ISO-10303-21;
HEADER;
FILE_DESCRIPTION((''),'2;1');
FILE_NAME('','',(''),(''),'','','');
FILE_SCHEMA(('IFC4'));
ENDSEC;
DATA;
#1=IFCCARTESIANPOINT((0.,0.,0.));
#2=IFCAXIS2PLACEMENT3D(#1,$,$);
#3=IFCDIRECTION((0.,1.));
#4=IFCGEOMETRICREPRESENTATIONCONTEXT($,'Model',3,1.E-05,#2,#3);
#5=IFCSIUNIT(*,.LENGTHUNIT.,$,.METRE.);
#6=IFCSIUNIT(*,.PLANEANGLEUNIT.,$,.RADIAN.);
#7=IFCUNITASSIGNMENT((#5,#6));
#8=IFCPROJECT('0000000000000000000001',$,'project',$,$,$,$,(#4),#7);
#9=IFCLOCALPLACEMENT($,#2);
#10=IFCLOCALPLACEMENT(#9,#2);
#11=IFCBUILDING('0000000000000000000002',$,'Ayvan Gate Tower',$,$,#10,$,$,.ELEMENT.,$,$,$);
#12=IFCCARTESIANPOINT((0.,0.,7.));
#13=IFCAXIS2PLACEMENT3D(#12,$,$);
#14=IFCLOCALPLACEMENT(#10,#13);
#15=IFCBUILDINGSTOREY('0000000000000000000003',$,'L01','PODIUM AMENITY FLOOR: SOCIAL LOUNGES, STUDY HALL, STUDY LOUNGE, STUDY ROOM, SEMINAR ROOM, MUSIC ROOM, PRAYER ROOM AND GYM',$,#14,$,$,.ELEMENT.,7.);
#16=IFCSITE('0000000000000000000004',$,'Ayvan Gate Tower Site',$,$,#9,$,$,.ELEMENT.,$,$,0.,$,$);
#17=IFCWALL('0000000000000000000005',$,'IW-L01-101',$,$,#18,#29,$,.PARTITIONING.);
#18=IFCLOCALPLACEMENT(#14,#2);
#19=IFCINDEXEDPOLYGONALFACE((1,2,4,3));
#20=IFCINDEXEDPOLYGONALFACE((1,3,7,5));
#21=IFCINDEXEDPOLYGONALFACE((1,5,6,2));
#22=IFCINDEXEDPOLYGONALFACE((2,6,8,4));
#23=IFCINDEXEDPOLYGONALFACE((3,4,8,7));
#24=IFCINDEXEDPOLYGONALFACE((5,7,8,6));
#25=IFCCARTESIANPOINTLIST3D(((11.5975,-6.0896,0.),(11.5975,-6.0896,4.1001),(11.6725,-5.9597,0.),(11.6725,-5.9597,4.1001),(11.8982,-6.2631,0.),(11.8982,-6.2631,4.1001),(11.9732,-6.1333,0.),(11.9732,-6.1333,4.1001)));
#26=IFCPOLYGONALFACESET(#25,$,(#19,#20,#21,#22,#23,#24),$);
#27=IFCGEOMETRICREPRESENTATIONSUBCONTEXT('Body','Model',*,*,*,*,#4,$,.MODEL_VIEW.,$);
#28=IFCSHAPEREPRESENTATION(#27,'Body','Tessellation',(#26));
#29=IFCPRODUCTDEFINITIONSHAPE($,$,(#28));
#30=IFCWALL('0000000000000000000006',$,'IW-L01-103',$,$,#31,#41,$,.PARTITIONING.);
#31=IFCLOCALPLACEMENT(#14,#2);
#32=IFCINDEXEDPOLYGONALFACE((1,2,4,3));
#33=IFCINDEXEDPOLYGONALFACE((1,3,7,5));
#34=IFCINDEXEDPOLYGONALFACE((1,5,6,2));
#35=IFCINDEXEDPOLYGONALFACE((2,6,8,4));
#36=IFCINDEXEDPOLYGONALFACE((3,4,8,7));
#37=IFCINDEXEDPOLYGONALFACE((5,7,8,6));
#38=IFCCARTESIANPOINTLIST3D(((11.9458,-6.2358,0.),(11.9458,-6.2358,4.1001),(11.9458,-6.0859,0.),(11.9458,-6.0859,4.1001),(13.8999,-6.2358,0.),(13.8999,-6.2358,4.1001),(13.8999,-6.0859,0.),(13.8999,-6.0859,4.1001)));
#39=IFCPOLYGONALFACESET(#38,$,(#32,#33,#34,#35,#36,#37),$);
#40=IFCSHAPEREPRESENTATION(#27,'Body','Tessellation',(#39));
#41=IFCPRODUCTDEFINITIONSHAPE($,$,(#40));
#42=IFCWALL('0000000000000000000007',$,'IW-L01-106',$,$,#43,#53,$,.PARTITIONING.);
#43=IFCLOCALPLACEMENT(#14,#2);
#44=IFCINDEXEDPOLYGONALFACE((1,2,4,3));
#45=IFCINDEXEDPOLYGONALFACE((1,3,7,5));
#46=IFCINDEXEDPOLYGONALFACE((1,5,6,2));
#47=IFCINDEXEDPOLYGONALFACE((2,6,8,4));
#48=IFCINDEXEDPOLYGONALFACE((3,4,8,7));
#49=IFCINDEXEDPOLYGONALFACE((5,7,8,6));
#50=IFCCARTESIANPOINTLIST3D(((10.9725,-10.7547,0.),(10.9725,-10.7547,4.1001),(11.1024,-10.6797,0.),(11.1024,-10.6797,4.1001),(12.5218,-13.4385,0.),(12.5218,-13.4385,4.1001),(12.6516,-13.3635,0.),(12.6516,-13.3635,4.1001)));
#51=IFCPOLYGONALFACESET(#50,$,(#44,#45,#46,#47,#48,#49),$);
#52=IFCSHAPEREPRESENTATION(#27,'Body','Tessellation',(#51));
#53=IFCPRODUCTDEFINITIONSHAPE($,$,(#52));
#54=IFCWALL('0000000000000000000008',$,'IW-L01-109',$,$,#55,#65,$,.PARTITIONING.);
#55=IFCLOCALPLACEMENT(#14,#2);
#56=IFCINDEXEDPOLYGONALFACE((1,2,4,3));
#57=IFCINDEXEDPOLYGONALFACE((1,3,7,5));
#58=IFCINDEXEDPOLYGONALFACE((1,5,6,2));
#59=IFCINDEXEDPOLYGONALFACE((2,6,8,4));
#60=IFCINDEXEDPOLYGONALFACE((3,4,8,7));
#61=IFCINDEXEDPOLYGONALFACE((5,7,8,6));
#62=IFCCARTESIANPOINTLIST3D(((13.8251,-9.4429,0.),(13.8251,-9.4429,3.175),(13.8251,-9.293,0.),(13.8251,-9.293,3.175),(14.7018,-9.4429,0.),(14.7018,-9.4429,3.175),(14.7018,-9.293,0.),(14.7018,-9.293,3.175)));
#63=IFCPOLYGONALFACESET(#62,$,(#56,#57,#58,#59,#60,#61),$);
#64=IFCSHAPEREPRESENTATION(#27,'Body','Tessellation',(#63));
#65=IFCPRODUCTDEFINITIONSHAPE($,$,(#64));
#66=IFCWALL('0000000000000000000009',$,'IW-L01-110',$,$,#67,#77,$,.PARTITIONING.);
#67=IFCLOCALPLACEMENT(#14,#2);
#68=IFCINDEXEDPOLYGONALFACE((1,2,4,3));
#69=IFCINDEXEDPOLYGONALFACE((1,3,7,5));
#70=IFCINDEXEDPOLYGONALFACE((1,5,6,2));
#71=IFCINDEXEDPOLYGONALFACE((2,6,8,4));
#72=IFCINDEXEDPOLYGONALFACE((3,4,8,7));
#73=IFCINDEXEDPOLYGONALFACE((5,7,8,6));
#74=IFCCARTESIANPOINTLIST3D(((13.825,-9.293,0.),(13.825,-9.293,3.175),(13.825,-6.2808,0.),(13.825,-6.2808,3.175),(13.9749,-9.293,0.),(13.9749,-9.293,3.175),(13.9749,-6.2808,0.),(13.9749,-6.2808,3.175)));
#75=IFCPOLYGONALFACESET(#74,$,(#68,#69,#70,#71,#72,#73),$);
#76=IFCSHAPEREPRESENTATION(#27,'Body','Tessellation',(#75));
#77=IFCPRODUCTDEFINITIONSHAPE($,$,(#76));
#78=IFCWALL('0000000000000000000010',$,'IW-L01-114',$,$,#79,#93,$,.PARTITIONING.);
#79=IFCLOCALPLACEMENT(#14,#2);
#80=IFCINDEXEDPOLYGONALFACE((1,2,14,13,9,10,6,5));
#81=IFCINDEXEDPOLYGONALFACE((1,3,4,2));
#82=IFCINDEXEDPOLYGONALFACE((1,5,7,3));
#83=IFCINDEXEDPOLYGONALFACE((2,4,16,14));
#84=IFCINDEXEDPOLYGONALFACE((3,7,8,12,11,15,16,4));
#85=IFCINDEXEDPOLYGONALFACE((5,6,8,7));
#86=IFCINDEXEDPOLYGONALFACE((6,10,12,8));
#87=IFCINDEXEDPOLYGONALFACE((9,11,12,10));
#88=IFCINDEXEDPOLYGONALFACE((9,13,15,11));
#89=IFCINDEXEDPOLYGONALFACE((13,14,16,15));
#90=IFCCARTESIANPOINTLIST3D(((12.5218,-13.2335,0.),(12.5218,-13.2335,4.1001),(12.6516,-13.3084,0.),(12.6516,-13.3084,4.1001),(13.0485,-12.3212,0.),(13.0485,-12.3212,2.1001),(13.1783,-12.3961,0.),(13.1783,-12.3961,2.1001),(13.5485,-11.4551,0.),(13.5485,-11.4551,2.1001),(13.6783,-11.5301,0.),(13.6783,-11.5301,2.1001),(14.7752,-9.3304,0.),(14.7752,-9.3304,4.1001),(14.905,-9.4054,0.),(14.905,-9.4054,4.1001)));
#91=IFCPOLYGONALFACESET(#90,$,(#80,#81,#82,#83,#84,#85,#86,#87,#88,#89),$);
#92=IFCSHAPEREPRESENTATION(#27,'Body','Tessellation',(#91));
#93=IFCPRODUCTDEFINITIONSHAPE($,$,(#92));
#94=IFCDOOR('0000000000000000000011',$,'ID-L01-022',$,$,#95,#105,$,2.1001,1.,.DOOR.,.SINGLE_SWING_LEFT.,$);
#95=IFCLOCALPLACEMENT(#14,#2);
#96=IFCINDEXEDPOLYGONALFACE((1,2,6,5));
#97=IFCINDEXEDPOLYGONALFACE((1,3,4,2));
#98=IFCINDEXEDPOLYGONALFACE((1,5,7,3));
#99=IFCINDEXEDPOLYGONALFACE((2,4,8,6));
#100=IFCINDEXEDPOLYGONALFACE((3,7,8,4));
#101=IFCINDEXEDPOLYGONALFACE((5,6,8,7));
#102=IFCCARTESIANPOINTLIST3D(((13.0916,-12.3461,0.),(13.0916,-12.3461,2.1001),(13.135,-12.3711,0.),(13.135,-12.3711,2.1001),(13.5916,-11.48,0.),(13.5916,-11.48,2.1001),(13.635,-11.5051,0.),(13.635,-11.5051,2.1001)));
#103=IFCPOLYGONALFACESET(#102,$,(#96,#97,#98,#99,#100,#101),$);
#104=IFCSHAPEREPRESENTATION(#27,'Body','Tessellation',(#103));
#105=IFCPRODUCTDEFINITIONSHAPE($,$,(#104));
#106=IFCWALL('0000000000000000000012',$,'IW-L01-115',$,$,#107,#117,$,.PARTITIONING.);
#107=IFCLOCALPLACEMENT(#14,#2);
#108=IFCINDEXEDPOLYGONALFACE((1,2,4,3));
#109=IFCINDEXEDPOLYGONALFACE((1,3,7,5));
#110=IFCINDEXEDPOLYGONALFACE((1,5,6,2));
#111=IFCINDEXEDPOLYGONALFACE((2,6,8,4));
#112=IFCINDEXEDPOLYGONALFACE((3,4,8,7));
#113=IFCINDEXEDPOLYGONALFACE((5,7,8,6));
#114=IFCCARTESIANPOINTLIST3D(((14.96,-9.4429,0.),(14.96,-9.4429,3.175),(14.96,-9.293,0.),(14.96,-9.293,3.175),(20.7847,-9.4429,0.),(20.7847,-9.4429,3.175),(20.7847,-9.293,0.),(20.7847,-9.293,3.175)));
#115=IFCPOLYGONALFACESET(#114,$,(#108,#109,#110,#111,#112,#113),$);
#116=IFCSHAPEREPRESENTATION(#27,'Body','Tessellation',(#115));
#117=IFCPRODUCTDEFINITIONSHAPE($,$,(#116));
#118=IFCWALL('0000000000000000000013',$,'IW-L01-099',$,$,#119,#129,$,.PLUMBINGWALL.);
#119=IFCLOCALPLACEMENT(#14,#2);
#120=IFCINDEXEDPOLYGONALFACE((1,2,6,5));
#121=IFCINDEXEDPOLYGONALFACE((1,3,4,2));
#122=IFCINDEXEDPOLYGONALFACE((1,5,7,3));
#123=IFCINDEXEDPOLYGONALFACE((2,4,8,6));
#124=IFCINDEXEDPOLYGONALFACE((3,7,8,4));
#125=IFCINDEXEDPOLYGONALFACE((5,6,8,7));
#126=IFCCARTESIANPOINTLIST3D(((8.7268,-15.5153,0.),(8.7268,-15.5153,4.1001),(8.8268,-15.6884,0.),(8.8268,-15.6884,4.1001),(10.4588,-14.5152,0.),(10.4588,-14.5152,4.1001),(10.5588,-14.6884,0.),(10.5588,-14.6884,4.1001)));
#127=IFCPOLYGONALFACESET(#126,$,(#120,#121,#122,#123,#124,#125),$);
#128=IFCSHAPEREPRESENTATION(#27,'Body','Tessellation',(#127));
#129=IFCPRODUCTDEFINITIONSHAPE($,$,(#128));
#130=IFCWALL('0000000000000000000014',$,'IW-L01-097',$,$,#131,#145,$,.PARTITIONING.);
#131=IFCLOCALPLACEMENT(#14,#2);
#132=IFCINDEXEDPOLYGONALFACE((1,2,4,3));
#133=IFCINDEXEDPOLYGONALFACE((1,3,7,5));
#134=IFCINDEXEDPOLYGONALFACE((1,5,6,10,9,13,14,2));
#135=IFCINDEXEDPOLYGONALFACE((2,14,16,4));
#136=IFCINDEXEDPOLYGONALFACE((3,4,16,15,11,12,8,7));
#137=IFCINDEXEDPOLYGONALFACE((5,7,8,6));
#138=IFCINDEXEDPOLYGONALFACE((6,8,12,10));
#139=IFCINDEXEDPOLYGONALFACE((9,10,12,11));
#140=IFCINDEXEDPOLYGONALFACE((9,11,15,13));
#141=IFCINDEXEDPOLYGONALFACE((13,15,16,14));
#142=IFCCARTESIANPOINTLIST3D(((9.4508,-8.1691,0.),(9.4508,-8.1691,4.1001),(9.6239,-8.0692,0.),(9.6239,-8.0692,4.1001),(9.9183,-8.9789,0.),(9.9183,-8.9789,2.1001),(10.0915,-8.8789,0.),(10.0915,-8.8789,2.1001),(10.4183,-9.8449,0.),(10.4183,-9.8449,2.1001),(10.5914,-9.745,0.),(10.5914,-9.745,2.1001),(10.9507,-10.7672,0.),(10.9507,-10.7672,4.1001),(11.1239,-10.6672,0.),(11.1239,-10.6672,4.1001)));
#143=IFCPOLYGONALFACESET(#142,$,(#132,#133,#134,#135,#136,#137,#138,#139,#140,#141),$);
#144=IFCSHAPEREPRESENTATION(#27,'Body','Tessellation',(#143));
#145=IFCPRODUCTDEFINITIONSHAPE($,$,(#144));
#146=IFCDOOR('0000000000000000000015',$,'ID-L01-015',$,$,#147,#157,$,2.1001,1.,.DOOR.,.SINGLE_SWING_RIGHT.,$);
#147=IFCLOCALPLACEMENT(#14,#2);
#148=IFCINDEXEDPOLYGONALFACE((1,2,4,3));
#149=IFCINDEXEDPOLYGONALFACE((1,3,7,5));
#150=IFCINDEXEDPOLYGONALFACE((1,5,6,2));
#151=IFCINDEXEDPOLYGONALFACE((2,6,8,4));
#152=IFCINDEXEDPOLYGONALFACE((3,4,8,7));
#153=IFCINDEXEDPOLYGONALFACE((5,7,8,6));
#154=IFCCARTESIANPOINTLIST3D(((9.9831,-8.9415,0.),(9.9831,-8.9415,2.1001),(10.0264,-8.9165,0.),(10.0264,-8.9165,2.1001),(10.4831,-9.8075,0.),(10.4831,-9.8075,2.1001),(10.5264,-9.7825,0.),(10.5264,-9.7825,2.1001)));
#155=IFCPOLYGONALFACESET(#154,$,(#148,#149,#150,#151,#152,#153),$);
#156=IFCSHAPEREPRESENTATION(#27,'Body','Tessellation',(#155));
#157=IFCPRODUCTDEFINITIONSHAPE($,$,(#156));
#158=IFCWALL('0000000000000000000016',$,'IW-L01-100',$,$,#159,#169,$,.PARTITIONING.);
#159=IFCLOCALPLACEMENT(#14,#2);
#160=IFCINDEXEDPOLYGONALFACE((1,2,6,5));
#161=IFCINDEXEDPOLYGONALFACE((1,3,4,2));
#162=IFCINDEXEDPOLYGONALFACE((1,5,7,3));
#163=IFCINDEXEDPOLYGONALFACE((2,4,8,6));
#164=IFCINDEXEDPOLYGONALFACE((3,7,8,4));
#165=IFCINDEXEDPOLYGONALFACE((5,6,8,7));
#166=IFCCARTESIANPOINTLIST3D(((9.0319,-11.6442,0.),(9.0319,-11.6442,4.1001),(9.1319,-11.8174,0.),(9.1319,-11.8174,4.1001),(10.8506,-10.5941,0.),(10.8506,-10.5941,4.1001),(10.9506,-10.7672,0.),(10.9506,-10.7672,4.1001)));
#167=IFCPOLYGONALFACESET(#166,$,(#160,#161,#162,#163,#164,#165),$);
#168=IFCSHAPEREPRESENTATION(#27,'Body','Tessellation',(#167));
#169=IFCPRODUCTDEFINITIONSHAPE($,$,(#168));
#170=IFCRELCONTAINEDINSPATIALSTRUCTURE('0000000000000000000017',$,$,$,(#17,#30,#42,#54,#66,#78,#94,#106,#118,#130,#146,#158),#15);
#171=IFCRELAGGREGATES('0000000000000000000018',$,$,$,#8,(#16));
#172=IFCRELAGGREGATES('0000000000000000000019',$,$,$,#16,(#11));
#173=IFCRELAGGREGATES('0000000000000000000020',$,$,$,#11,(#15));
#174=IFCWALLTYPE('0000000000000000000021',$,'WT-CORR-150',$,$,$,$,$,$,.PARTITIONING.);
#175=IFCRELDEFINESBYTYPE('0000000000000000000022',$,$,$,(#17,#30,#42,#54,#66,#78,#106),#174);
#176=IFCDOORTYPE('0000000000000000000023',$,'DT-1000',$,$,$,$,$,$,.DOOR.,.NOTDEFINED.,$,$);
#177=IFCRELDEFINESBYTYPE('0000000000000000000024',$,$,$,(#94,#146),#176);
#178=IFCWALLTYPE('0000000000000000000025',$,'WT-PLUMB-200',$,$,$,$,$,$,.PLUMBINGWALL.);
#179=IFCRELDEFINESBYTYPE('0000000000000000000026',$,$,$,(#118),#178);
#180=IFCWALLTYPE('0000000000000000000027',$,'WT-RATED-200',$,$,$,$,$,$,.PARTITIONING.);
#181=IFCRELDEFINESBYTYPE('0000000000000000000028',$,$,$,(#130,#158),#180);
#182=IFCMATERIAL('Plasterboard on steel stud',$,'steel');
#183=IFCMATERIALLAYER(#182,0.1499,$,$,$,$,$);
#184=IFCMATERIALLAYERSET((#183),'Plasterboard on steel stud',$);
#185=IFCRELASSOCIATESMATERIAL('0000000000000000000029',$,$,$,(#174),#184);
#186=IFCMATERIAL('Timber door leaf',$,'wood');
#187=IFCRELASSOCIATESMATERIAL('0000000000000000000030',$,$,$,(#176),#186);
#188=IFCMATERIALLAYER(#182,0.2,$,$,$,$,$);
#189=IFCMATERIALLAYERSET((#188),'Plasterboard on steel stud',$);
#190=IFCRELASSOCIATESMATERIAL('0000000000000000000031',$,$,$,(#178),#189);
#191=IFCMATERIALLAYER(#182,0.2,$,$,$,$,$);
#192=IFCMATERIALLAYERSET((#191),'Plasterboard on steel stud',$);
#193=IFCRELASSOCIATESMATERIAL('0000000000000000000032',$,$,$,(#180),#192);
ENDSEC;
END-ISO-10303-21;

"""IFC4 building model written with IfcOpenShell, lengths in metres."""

from ifc_helpers import new_model, si_unit, direction, frame, frame_2d, origin, place, context, subcontext, project, spatial, rectangle, extrude, material, layer, layer_set, type_object, element, fill, save


model = new_model("IFC4")

# Units and contexts
model_context = context("Model", 3, precision=1e-05, world=origin(), true_north=direction((0.0, 1.0)))
body_context = subcontext(model_context, "Body", "Model", "MODEL_VIEW")
ifc_project = project(units=[si_unit("LENGTHUNIT", "METRE"), si_unit("PLANEANGLEUNIT", "RADIAN")], contexts=[model_context])

# Site, building, storey
site_placement = place(None, origin())
site = spatial("IfcSite", under=ifc_project, at=site_placement, Name="Ayvan Gate Tower Site", CompositionType="ELEMENT", RefElevation=0.0)
building_placement = place(site_placement, origin())
building = spatial("IfcBuilding", under=site, at=building_placement, Name="Ayvan Gate Tower", CompositionType="ELEMENT")
storey_placement = place(building_placement, frame((0.0, 0.0, 7.0)))
storey = spatial("IfcBuildingStorey", under=building, at=storey_placement, Name="L01", Description="PODIUM AMENITY FLOOR: SOCIAL LOUNGES, STUDY HALL, STUDY LOUNGE, STUDY ROOM, SEMINAR ROOM, MUSIC ROOM, PRAYER ROOM AND GYM", CompositionType="ELEMENT", Elevation=7.0)

# Shared definitions
ifc_material_1 = material(Name="Timber door leaf", Category="wood")

# Walls
ifc_material_2 = material(Name="Plasterboard on steel stud", Category="steel")
ifc_layer_1 = layer(ifc_material_2, 0.1499)
ifc_layer_set_1 = layer_set([ifc_layer_1], Name="Plasterboard on steel stud")
wall_type_1 = type_object("IfcWallType", Name="WT-CORR-150", PredefinedType="PARTITIONING", material=ifc_layer_set_1)
wall_1_placement = place(storey_placement, frame((11.635, -6.0247, 0.0), z_axis=(0.0, 0.0, 1.0), x_axis=(0.866115, -0.499844, 0.0)))
element("IfcWall", 1, at=wall_1_placement, inside=storey, type_object=wall_type_1, Name="IW-L01-101", PredefinedType="PARTITIONING", context=body_context, shape_type="SweptSolid", body=[
    extrude(rectangle(XDim=0.3472, YDim=0.1499, at=frame_2d((0.1736, 0.0))), origin(), (0.0, 0.0, 1.0), 4.1001),
])
wall_2_placement = place(storey_placement, frame((11.9458, -6.1609, 0.0), z_axis=(0.0, 0.0, 1.0), x_axis=(1.0, 0.0, 0.0)))
element("IfcWall", 2, at=wall_2_placement, inside=storey, type_object=wall_type_1, Name="IW-L01-103", PredefinedType="PARTITIONING", context=body_context, shape_type="SweptSolid", body=[
    extrude(rectangle(XDim=1.9541, YDim=0.1499, at=frame_2d((0.9771, 0.0))), origin(), (0.0, 0.0, 1.0), 4.1001),
])
wall_3_placement = place(storey_placement, frame((12.5867, -13.4009, 0.0), z_axis=(0.0, 0.0, 1.0), x_axis=(-0.499952, 0.866053, 0.0)))
element("IfcWall", 3, at=wall_3_placement, inside=storey, type_object=wall_type_1, Name="IW-L01-106", PredefinedType="PARTITIONING", context=body_context, shape_type="SweptSolid", body=[
    extrude(rectangle(XDim=3.0989, YDim=0.1499, at=frame_2d((1.5493, 0.0))), origin(), (0.0, 0.0, 1.0), 4.1001),
])
wall_4_placement = place(storey_placement, frame((13.825, -9.3679, 0.0), z_axis=(0.0, 0.0, 1.0), x_axis=(1.0, 0.0, 0.0)))
element("IfcWall", 4, at=wall_4_placement, inside=storey, type_object=wall_type_1, Name="IW-L01-109", PredefinedType="PARTITIONING", context=body_context, shape_type="SweptSolid", body=[
    extrude(rectangle(XDim=0.8767, YDim=0.1499, at=frame_2d((0.4385, 0.0))), origin(), (0.0, 0.0, 1.0), 3.175),
])
wall_5_placement = place(storey_placement, frame((13.8999, -6.2808, 0.0), z_axis=(0.0, 0.0, 1.0), x_axis=(0.0, -1.0, 0.0)))
element("IfcWall", 5, at=wall_5_placement, inside=storey, type_object=wall_type_1, Name="IW-L01-110", PredefinedType="PARTITIONING", context=body_context, shape_type="SweptSolid", body=[
    extrude(rectangle(XDim=3.0122, YDim=0.1499, at=frame_2d((1.5061, 0.0))), origin(), (0.0, 0.0, 1.0), 3.175),
])

# Wall, opening, door
wall_6_placement = place(storey_placement, frame((14.8401, -9.3679, 0.0), z_axis=(0.0, 0.0, 1.0), x_axis=(-0.499996, -0.866028, 0.0)))
wall_6 = element("IfcWall", 6, at=wall_6_placement, inside=storey, type_object=wall_type_1, Name="IW-L01-114", PredefinedType="PARTITIONING", context=body_context, shape_type="SweptSolid", body=[
    extrude(rectangle(XDim=4.5068, YDim=0.1499, at=frame_2d((2.2534, 0.0))), origin(), (0.0, 0.0, 1.0), 4.1001),
])
opening_1_placement = place(wall_6_placement, frame((2.4534, 0.0, 0.0)))
opening_1 = element("IfcOpeningElement", 7, at=opening_1_placement, cuts=wall_6, PredefinedType="OPENING", context=body_context, shape_type="SweptSolid", body=[
    extrude(rectangle(XDim=1.0, YDim=2.1001, at=frame_2d((0.5, 1.05))), frame((0.0, 0.085, 0.0), z_axis=(0.0, -1.0, 0.0), x_axis=(1.0, 0.0, 0.0)), (0.0, 0.0, 1.0), 0.1699),
])
door_type_1 = type_object("IfcDoorType", Name="DT-1000", OperationType="NOTDEFINED", PredefinedType="DOOR", material=ifc_material_1)
door_1_placement = place(opening_1_placement, origin())
door_1 = element("IfcDoor", 8, at=door_1_placement, inside=storey, type_object=door_type_1, Name="ID-L01-022", OperationType="SINGLE_SWING_LEFT", OverallHeight=2.1001, OverallWidth=1.0, PredefinedType="DOOR", context=body_context, shape_type="SweptSolid", body=[
    extrude(rectangle(XDim=1.0, YDim=2.1001, at=frame_2d((0.5, 1.05))), frame((0.0, 0.0249, 0.0), z_axis=(0.0, -1.0, 0.0), x_axis=(1.0, 0.0, 0.0)), (0.0, 0.0, 1.0), 0.05),
])
fill(opening_1, door_1)

# Walls
wall_7_placement = place(storey_placement, frame((14.96, -9.3679, 0.0), z_axis=(0.0, 0.0, 1.0), x_axis=(1.0, 0.0, 0.0)))
element("IfcWall", 9, at=wall_7_placement, inside=storey, type_object=wall_type_1, Name="IW-L01-115", PredefinedType="PARTITIONING", context=body_context, shape_type="SweptSolid", body=[
    extrude(rectangle(XDim=5.8247, YDim=0.1499, at=frame_2d((2.9124, 0.0))), origin(), (0.0, 0.0, 1.0), 3.175),
])
ifc_layer_2 = layer(ifc_material_2, 0.2)
ifc_layer_set_2 = layer_set([ifc_layer_2], Name="Plasterboard on steel stud")
wall_type_2 = type_object("IfcWallType", Name="WT-PLUMB-200", PredefinedType="PLUMBINGWALL", material=ifc_layer_set_2)
wall_8_placement = place(storey_placement, frame((10.5088, -14.6018, 0.0), z_axis=(0.0, 0.0, 1.0), x_axis=(-0.866011, -0.500025, 0.0)))
element("IfcWall", 10, at=wall_8_placement, inside=storey, type_object=wall_type_2, Name="IW-L01-099", PredefinedType="PLUMBINGWALL", context=body_context, shape_type="SweptSolid", body=[
    extrude(rectangle(XDim=2.0, YDim=0.2, at=frame_2d((1.0, 0.0))), origin(), (0.0, 0.0, 1.0), 4.1001),
])

# Wall, opening, door
ifc_layer_3 = layer(ifc_material_2, 0.2)
ifc_layer_set_3 = layer_set([ifc_layer_3], Name="Plasterboard on steel stud")
wall_type_3 = type_object("IfcWallType", Name="WT-RATED-200", PredefinedType="PARTITIONING", material=ifc_layer_set_3)
wall_9_placement = place(storey_placement, frame((9.5374, -8.1191, 0.0), z_axis=(0.0, 0.0, 1.0), x_axis=(0.49999, -0.866031, 0.0)))
wall_9 = element("IfcWall", 11, at=wall_9_placement, inside=storey, type_object=wall_type_3, Name="IW-L01-097", PredefinedType="PARTITIONING", context=body_context, shape_type="SweptSolid", body=[
    extrude(rectangle(XDim=3.0, YDim=0.2, at=frame_2d((1.5, 0.0))), origin(), (0.0, 0.0, 1.0), 4.1001),
])
opening_2_placement = place(wall_9_placement, frame((0.9351, 0.0, 0.0)))
opening_2 = element("IfcOpeningElement", 12, at=opening_2_placement, cuts=wall_9, PredefinedType="OPENING", context=body_context, shape_type="SweptSolid", body=[
    extrude(rectangle(XDim=1.0, YDim=2.1001, at=frame_2d((0.5, 1.05))), frame((0.0, 0.1099, 0.0), z_axis=(0.0, -1.0, 0.0), x_axis=(1.0, 0.0, 0.0)), (0.0, 0.0, 1.0), 0.22),
])
door_2_placement = place(opening_2_placement, origin())
door_2 = element("IfcDoor", 13, at=door_2_placement, inside=storey, type_object=door_type_1, Name="ID-L01-015", OperationType="SINGLE_SWING_RIGHT", OverallHeight=2.1001, OverallWidth=1.0, PredefinedType="DOOR", context=body_context, shape_type="SweptSolid", body=[
    extrude(rectangle(XDim=1.0, YDim=2.1001, at=frame_2d((0.5, 1.05))), frame((0.0, 0.0249, 0.0), z_axis=(0.0, -1.0, 0.0), x_axis=(1.0, 0.0, 0.0)), (0.0, 0.0, 1.0), 0.05),
])
fill(opening_2, door_2)

# Wall
wall_10_placement = place(storey_placement, frame((10.9006, -10.6807, 0.0), z_axis=(0.0, 0.0, 1.0), x_axis=(-0.866009, -0.500028, 0.0)))
element("IfcWall", 14, at=wall_10_placement, inside=storey, type_object=wall_type_3, Name="IW-L01-100", PredefinedType="PARTITIONING", context=body_context, shape_type="SweptSolid", body=[
    extrude(rectangle(XDim=2.1001, YDim=0.2, at=frame_2d((1.05, 0.0))), origin(), (0.0, 0.0, 1.0), 4.1001),
])

save(model, "model.ifc")
